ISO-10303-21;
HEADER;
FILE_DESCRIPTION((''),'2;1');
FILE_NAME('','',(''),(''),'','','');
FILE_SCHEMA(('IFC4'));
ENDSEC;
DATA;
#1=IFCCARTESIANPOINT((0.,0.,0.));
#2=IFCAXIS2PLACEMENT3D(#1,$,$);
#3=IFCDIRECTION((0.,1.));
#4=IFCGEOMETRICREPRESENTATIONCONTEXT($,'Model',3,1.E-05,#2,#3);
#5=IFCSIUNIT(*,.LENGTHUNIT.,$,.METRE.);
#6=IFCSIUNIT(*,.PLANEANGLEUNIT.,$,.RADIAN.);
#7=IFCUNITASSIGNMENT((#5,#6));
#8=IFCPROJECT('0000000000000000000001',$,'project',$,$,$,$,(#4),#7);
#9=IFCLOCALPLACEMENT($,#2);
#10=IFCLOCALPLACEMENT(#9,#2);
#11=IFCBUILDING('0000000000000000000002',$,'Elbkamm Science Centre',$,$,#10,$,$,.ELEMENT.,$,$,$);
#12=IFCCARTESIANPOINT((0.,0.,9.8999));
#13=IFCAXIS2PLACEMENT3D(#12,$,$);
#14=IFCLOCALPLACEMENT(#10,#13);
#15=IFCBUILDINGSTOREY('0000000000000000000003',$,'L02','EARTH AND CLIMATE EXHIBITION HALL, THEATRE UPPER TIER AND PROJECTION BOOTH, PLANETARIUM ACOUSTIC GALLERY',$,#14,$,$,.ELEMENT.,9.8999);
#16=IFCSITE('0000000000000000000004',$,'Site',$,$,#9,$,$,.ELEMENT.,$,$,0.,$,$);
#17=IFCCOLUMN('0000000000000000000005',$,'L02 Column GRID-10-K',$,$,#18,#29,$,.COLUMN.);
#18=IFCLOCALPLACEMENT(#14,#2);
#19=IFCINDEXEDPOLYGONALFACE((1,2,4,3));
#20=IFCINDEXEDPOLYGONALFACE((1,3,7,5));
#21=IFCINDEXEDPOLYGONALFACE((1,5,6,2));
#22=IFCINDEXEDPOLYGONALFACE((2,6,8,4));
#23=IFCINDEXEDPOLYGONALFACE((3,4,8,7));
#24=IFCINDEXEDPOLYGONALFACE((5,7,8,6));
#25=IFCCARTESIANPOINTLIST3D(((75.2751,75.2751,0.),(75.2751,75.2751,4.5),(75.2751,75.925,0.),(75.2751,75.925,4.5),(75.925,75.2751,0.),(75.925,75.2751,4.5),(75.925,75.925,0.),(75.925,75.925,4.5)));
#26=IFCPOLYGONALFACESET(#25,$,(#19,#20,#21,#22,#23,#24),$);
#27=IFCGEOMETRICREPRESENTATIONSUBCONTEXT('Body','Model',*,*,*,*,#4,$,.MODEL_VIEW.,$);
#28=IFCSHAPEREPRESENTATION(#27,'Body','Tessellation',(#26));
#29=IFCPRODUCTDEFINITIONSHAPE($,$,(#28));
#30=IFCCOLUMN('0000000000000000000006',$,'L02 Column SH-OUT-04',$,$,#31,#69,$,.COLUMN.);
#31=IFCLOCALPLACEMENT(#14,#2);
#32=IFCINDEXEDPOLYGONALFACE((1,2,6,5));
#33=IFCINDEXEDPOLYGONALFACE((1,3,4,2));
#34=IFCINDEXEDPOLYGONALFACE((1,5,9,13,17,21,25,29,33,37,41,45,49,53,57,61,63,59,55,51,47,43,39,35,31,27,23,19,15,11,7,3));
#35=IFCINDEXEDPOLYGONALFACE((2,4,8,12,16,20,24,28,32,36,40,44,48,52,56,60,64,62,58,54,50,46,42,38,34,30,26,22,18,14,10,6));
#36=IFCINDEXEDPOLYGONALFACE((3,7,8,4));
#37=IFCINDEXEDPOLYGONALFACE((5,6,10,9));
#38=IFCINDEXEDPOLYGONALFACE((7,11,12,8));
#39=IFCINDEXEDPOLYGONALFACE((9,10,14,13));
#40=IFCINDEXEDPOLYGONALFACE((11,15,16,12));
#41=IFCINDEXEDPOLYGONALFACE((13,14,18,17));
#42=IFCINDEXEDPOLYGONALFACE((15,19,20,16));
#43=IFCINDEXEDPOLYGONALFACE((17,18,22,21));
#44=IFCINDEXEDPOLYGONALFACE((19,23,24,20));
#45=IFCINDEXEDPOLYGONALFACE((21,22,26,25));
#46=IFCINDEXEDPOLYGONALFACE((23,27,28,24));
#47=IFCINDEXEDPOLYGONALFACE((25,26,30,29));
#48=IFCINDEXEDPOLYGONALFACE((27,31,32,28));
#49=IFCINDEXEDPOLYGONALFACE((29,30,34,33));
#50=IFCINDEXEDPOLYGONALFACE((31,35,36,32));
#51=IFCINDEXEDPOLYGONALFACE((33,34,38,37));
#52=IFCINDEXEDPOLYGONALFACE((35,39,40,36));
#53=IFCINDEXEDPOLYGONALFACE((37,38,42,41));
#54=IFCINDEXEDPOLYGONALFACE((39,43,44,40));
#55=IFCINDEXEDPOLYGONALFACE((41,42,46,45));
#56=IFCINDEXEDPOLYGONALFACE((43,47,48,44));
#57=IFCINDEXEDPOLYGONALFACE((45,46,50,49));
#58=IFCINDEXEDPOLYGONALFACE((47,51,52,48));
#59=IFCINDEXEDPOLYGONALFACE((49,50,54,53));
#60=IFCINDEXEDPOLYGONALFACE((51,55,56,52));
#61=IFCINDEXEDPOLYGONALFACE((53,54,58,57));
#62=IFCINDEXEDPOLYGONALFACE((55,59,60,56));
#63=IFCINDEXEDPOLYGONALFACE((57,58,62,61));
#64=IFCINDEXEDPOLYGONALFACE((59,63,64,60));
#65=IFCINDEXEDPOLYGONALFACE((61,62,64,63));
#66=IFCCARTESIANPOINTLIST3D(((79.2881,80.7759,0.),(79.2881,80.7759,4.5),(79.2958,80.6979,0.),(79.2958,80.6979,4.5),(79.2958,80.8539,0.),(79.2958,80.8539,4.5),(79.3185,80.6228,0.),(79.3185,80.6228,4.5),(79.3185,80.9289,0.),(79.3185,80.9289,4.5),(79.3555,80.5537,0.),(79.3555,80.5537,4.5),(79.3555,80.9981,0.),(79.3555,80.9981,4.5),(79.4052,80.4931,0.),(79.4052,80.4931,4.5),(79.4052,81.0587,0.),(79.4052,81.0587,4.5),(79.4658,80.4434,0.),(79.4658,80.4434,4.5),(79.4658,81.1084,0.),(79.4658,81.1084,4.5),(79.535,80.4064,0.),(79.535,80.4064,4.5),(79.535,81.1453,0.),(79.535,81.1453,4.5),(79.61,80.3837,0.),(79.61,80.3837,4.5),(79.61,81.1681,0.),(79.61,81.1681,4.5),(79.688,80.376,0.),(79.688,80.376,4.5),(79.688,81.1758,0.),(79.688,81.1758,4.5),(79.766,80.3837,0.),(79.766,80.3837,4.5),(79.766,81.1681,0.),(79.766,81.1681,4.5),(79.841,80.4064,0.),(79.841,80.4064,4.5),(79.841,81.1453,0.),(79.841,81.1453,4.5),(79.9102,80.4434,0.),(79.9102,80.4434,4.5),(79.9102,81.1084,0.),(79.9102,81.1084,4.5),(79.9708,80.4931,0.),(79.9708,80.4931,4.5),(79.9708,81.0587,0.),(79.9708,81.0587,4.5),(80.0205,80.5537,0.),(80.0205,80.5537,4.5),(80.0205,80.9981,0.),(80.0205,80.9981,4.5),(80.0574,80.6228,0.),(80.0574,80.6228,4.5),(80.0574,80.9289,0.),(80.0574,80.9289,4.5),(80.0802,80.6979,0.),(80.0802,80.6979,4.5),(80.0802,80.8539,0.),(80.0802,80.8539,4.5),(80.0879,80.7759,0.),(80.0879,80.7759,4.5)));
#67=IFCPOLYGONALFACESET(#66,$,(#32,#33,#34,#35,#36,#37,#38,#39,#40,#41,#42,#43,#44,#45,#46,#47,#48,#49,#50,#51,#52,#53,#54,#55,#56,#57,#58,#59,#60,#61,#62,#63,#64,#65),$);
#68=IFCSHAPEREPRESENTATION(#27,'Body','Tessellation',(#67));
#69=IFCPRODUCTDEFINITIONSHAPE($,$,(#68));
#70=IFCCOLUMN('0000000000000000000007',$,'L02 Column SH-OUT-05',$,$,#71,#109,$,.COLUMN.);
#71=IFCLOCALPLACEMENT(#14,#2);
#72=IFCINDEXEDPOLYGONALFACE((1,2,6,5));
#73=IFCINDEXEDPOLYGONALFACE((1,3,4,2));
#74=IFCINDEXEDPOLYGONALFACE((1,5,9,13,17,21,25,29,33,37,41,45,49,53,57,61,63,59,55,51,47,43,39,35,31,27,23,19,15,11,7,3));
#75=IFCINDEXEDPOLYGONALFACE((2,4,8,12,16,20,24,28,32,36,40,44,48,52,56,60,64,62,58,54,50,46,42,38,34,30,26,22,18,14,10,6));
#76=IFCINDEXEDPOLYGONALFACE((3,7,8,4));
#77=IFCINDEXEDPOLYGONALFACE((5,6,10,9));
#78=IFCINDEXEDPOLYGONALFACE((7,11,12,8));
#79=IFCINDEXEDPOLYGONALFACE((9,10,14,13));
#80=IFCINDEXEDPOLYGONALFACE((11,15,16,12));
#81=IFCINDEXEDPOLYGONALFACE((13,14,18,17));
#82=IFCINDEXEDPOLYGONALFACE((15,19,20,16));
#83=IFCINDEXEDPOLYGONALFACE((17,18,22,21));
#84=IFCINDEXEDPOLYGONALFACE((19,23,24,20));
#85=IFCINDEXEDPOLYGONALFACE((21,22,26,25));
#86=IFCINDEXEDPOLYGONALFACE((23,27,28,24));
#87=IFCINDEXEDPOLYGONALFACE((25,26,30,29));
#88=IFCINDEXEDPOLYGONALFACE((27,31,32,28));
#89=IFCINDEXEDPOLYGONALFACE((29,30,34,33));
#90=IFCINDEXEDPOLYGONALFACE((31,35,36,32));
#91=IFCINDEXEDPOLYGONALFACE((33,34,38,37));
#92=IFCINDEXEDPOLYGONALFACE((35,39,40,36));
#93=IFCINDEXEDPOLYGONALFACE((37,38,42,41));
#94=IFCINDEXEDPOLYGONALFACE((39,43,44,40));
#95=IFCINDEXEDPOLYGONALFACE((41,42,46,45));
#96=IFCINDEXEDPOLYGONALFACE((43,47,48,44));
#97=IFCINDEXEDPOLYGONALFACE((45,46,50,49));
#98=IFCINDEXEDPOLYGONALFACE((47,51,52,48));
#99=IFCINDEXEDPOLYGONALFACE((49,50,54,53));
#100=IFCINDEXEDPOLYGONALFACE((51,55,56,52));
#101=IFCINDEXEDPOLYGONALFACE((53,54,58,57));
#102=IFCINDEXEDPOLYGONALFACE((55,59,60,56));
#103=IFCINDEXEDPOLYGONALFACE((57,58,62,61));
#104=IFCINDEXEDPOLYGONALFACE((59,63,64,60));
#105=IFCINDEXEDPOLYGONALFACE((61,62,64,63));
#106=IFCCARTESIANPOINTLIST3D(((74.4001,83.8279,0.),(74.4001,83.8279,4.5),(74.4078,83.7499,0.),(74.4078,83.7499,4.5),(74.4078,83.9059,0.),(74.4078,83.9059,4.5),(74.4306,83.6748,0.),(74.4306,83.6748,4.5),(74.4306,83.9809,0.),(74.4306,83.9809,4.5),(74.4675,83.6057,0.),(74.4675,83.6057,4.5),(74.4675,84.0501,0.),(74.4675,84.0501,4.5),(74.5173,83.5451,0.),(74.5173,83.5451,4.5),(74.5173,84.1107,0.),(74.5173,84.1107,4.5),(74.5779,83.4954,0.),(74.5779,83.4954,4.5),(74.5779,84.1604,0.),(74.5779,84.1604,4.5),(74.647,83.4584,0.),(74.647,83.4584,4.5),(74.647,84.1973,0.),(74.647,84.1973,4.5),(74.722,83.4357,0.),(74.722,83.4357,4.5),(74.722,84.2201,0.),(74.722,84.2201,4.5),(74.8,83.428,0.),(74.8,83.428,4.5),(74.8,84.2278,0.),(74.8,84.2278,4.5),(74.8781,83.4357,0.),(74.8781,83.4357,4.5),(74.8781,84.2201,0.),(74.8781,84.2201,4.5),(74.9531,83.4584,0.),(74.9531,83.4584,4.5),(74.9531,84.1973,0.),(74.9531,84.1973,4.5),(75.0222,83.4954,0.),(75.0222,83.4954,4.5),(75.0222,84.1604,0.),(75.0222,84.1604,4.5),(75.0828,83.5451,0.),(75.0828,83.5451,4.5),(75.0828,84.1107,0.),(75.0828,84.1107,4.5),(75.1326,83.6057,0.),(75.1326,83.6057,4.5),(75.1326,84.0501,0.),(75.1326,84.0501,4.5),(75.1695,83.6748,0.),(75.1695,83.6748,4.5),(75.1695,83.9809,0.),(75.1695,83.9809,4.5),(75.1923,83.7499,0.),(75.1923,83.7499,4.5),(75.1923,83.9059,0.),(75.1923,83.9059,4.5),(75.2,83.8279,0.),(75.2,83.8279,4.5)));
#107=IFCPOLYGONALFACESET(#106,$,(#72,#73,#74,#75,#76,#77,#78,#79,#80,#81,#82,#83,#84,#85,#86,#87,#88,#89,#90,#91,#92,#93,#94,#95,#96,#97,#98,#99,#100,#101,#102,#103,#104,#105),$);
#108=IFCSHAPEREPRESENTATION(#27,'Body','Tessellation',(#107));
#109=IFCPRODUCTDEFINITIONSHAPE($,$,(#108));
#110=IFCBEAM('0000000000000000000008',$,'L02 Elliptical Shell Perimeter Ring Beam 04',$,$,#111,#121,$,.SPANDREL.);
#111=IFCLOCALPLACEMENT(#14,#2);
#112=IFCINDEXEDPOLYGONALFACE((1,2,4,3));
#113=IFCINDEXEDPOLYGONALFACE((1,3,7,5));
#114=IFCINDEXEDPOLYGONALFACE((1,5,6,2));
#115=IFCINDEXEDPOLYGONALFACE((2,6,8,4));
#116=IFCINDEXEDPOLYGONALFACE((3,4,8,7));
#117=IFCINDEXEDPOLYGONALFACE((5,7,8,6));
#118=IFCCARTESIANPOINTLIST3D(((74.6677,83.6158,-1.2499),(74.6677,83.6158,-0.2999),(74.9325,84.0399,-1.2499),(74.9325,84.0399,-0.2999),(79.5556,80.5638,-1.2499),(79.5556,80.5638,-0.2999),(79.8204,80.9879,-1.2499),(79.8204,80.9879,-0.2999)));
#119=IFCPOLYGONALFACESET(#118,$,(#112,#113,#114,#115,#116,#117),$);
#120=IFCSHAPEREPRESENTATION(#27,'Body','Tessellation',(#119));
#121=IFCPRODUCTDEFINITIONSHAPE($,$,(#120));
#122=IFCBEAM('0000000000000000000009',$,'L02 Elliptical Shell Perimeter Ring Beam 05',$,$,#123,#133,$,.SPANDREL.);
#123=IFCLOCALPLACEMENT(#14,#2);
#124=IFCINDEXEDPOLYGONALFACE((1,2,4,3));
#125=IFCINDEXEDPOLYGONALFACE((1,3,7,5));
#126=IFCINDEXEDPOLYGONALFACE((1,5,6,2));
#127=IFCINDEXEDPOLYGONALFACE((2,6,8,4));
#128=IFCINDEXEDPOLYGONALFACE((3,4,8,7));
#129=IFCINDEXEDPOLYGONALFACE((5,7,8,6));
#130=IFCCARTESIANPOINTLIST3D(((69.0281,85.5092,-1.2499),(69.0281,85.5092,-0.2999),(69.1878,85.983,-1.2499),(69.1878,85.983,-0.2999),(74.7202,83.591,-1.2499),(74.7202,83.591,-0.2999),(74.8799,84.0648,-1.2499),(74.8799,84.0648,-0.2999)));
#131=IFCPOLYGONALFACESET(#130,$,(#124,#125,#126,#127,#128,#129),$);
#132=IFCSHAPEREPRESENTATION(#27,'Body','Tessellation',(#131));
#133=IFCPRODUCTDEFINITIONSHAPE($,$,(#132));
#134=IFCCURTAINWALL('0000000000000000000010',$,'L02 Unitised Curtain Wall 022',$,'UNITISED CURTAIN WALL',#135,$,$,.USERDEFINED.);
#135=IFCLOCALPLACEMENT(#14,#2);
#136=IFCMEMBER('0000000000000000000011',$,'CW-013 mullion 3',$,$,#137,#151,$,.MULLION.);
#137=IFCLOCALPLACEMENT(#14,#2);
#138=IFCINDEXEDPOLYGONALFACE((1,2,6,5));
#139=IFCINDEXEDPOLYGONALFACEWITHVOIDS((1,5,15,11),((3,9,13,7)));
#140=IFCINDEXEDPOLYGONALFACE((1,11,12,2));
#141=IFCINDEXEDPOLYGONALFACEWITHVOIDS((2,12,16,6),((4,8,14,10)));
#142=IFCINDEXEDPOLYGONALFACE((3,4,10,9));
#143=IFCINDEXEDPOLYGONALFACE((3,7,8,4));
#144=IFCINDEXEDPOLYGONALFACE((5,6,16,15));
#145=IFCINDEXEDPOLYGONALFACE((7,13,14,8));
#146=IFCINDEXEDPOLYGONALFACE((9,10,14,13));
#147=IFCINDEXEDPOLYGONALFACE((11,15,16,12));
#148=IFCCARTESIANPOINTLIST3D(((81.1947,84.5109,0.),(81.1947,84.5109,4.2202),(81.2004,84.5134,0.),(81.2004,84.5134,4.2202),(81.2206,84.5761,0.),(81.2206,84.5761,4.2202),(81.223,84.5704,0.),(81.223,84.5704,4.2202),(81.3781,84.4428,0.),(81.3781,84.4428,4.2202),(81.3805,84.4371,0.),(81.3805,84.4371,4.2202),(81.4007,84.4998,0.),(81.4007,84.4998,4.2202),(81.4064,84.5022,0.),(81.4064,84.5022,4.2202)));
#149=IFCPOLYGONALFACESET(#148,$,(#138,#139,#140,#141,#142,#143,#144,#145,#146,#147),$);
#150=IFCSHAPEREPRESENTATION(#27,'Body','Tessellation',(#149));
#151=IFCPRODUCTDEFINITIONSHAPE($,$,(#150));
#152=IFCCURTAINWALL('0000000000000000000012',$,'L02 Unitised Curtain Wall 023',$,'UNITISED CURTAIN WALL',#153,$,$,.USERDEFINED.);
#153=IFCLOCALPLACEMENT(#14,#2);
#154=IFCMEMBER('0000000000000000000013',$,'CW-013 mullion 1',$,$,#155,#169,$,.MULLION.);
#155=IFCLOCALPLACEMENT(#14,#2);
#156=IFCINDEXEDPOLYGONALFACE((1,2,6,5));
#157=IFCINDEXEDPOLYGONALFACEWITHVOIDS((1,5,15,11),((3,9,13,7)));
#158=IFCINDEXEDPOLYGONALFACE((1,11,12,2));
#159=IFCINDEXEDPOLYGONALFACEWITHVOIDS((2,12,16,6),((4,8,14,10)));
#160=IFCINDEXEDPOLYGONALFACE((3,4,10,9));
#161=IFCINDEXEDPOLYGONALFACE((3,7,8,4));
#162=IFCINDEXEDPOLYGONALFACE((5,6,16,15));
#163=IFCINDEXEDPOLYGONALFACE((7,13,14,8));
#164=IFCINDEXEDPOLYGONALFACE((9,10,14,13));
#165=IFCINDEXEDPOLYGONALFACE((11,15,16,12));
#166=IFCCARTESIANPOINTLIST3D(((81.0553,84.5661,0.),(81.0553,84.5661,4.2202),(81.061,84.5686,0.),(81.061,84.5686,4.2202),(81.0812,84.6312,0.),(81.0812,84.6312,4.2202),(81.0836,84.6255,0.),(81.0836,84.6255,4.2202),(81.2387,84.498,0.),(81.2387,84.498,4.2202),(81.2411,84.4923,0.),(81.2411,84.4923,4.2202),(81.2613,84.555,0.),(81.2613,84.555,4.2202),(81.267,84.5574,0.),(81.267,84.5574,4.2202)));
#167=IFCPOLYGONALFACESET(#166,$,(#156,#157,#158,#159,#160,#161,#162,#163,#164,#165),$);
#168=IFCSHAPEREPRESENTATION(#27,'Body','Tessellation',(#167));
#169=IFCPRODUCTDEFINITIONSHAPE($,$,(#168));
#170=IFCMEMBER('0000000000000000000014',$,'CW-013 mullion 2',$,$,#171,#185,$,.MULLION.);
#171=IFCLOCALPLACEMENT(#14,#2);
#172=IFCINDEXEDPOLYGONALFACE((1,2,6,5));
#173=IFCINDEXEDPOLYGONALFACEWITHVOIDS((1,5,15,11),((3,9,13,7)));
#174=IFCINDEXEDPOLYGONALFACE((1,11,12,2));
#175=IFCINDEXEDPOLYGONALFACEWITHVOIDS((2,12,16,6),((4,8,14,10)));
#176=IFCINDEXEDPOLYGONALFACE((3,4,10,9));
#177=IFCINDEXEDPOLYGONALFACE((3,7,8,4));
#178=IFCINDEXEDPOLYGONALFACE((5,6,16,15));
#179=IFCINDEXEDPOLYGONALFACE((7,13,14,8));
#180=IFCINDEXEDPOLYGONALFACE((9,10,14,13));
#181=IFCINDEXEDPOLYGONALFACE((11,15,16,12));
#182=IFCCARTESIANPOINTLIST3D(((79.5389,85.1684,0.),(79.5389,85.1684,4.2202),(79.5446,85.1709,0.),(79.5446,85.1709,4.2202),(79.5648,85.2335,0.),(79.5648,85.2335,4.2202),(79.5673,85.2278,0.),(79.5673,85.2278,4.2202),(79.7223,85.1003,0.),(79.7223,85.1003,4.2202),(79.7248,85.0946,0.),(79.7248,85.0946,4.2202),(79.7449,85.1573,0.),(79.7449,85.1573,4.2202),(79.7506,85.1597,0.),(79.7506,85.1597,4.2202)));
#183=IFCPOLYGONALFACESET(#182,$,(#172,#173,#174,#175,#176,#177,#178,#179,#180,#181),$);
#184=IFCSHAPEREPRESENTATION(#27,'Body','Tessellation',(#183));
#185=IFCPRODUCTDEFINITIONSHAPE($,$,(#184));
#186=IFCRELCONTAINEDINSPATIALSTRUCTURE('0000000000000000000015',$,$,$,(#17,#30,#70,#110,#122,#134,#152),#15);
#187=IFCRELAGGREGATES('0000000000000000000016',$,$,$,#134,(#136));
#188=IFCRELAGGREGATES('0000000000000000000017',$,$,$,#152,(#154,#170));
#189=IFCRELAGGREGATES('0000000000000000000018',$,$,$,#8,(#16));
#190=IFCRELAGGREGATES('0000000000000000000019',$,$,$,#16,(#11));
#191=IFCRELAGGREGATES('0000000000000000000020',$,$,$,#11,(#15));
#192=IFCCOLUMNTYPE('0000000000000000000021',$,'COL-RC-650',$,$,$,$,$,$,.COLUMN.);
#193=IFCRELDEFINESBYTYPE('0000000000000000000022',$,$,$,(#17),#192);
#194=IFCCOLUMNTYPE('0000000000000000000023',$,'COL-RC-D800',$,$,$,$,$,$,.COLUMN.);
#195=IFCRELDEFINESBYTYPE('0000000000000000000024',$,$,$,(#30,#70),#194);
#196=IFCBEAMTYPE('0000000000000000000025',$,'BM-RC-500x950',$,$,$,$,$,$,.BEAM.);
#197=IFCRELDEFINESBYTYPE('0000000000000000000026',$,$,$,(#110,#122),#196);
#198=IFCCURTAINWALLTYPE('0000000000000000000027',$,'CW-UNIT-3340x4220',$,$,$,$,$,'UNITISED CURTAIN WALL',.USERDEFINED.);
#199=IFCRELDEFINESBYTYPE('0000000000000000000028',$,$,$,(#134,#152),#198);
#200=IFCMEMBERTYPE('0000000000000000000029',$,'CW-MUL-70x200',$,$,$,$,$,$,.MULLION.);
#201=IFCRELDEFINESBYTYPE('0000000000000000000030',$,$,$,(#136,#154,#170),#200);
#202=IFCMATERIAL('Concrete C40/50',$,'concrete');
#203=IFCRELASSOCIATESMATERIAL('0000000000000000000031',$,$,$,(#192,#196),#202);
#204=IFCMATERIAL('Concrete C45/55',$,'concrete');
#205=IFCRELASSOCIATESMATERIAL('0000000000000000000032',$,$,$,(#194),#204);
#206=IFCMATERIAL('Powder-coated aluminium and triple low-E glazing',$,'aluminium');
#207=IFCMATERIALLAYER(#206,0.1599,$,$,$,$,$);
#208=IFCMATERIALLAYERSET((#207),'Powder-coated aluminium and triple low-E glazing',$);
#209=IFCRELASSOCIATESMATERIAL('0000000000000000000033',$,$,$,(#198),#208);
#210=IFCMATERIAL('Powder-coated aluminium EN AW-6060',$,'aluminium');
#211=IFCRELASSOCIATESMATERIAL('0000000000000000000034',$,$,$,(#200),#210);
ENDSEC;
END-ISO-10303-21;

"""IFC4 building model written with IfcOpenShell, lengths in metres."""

from ifc_helpers import new_model, si_unit, direction, frame, origin, origin_2d, place, context, subcontext, project, spatial, rectangle, hollow_rectangle, circle, extrude, material, layer, layer_set, material_profile, profile_set, type_object, element, aggregate, save


model = new_model("IFC4")

# Units and contexts
model_context = context("Model", 3, precision=1e-05, world=origin(), true_north=direction((0.0, 1.0)))
body_context = subcontext(model_context, "Body", "Model", "MODEL_VIEW")
ifc_project = project(units=[si_unit("LENGTHUNIT", "METRE"), si_unit("PLANEANGLEUNIT", "RADIAN")], contexts=[model_context])

# Site, building, storey
site_placement = place(None, origin())
site = spatial("IfcSite", under=ifc_project, at=site_placement, Name="Site", CompositionType="ELEMENT", RefElevation=0.0)
building_placement = place(site_placement, origin())
building = spatial("IfcBuilding", under=site, at=building_placement, Name="Elbkamm Science Centre", CompositionType="ELEMENT")
storey_placement = place(building_placement, frame((0.0, 0.0, 9.8999)))
storey = spatial("IfcBuildingStorey", under=building, at=storey_placement, Name="L02", Description="EARTH AND CLIMATE EXHIBITION HALL, THEATRE UPPER TIER AND PROJECTION BOOTH, PLANETARIUM ACOUSTIC GALLERY", CompositionType="ELEMENT", Elevation=9.8999)

# Columns
ifc_material_1 = material(Name="Concrete C40/50", Category="concrete")
ifc_material_profile_1 = material_profile(ifc_material_1, rectangle(XDim=0.6499, YDim=0.6499, at=origin_2d()), Name="RC 650x650")
ifc_profile_set_1 = profile_set([ifc_material_profile_1], Name="Concrete C40/50")
column_type_1 = type_object("IfcColumnType", Name="COL-RC-650", PredefinedType="COLUMN", material=ifc_profile_set_1)
column_placement = place(storey_placement, frame((75.6001, 75.6001, 0.0), z_axis=(0.0, 0.0, 1.0), x_axis=(1.0, 0.0, 0.0)))
element("IfcColumn", 1, at=column_placement, inside=storey, type_object=column_type_1, Name="L02 Column GRID-10-K", PredefinedType="COLUMN", context=body_context, shape_type="SweptSolid", body=[
    extrude(rectangle(XDim=0.6499, YDim=0.6499, at=origin_2d()), origin(), (0.0, 0.0, 1.0), 4.5),
])
ifc_material_2 = material(Name="Concrete C45/55", Category="concrete")
ifc_material_profile_2 = material_profile(ifc_material_2, circle(Radius=0.3999, at=origin_2d()), Name="RC D800")
ifc_profile_set_2 = profile_set([ifc_material_profile_2], Name="Concrete C45/55")
column_type_2 = type_object("IfcColumnType", Name="COL-RC-D800", PredefinedType="COLUMN", material=ifc_profile_set_2)
for number, where, z_axis, x_axis, name in (
    (2, (79.688, 80.7759, 0.0), (0.0, 0.0, 1.0), (1.0, 0.0, 0.0), "L02 Column SH-OUT-04"),
    (3, (74.8, 83.8279, 0.0), (0.0, 0.0, 1.0), (1.0, 0.0, 0.0), "L02 Column SH-OUT-05"),
):
    element("IfcColumn", number, at=place(storey_placement, frame(where, z_axis=z_axis, x_axis=x_axis)), inside=storey, type_object=column_type_2, Name=name, PredefinedType="COLUMN", context=body_context, shape_type="SweptSolid", body=[
        extrude(circle(Radius=0.3999, at=origin_2d()), origin(), (0.0, 0.0, 1.0), 4.5),
    ])

# Beams
ifc_material_profile_3 = material_profile(ifc_material_1, rectangle(XDim=0.5, YDim=0.95, at=origin_2d()), Name="RC 500x950")
ifc_profile_set_3 = profile_set([ifc_material_profile_3], Name="Concrete C40/50")
beam_type = type_object("IfcBeamType", Name="BM-RC-500x950", PredefinedType="BEAM", material=ifc_profile_set_3)
beam_1_placement = place(storey_placement, frame((79.688, 80.7759, -0.7749), z_axis=(-0.848229, 0.529629, 0.0), x_axis=(-0.529629, -0.848229, 0.0)))
element("IfcBeam", 4, at=beam_1_placement, inside=storey, type_object=beam_type, Name="L02 Elliptical Shell Perimeter Ring Beam 04", PredefinedType="SPANDREL", context=body_context, shape_type="SweptSolid", body=[
    extrude(rectangle(XDim=0.5, YDim=0.95, at=origin_2d()), origin(), (0.0, 0.0, 1.0), 5.7625),
])
beam_2_placement = place(storey_placement, frame((74.8, 83.8279, -0.7749), z_axis=(-0.947638, 0.319348, 0.0), x_axis=(-0.319348, -0.947638, 0.0)))
element("IfcBeam", 5, at=beam_2_placement, inside=storey, type_object=beam_type, Name="L02 Elliptical Shell Perimeter Ring Beam 05", PredefinedType="SPANDREL", context=body_context, shape_type="SweptSolid", body=[
    extrude(rectangle(XDim=0.5, YDim=0.95, at=origin_2d()), origin(), (0.0, 0.0, 1.0), 6.0066),
])

# Curtain wall, member
ifc_material_3 = material(Name="Powder-coated aluminium and triple low-E glazing", Category="aluminium")
ifc_layer_1 = layer(ifc_material_3, 0.1599)
ifc_layer_set_1 = layer_set([ifc_layer_1], Name="Powder-coated aluminium and triple low-E glazing")
curtain_wall_type_1 = type_object("IfcCurtainWallType", Name="CW-UNIT-3340x4220", ElementType="UNITISED CURTAIN WALL", PredefinedType="USERDEFINED", material=ifc_layer_set_1)
curtain_wall_1_placement = place(storey_placement, origin())
curtain_wall_1 = element("IfcCurtainWall", 6, at=curtain_wall_1_placement, inside=storey, type_object=curtain_wall_type_1, Name="L02 Unitised Curtain Wall 022", ObjectType="UNITISED CURTAIN WALL", PredefinedType="USERDEFINED")
ifc_material_4 = material(Name="Powder-coated aluminium EN AW-6060", Category="aluminium")
ifc_material_profile_4 = material_profile(ifc_material_4, hollow_rectangle(XDim=0.0701, YDim=0.2, WallThickness=0.0044, at=origin_2d()), Name="ALU M70x200")
ifc_profile_set_4 = profile_set([ifc_material_profile_4], Name="Powder-coated aluminium EN AW-6060")
member_type_1 = type_object("IfcMemberType", Name="CW-MUL-70x200", PredefinedType="MULLION", material=ifc_profile_set_4)
member_1_placement = place(storey_placement, frame((81.3005, 84.5066, 0.0), z_axis=(0.0, 0.0, 1.0), x_axis=(-0.36916, -0.929366, 0.0)))
member_1 = element("IfcMember", 7, at=member_1_placement, type_object=member_type_1, Name="CW-013 mullion 3", PredefinedType="MULLION", context=body_context, shape_type="SweptSolid", body=[
    extrude(hollow_rectangle(XDim=0.0701, YDim=0.2, WallThickness=0.0044, at=origin_2d()), origin(), (0.0, 0.0, 1.0), 4.2202),
])

# Curtain wall, members
curtain_wall_2_placement = place(storey_placement, origin())
curtain_wall_2 = element("IfcCurtainWall", 8, at=curtain_wall_2_placement, inside=storey, type_object=curtain_wall_type_1, Name="L02 Unitised Curtain Wall 023", ObjectType="UNITISED CURTAIN WALL", PredefinedType="USERDEFINED")
member_2_placement = place(storey_placement, frame((81.1611, 84.5618, 0.0), z_axis=(0.0, 0.0, 1.0), x_axis=(-0.36916, -0.929366, 0.0)))
member_2 = element("IfcMember", 9, at=member_2_placement, type_object=member_type_1, Name="CW-013 mullion 1", PredefinedType="MULLION", context=body_context, shape_type="SweptSolid", body=[
    extrude(hollow_rectangle(XDim=0.0701, YDim=0.2, WallThickness=0.0044, at=origin_2d()), origin(), (0.0, 0.0, 1.0), 4.2202),
])
member_3_placement = place(storey_placement, frame((79.6448, 85.1641, 0.0), z_axis=(0.0, 0.0, 1.0), x_axis=(-0.36916, -0.929366, 0.0)))
member_3 = element("IfcMember", 10, at=member_3_placement, type_object=member_type_1, Name="CW-013 mullion 2", PredefinedType="MULLION", context=body_context, shape_type="SweptSolid", body=[
    extrude(hollow_rectangle(XDim=0.0701, YDim=0.2, WallThickness=0.0044, at=origin_2d()), origin(), (0.0, 0.0, 1.0), 4.2202),
])

aggregate(curtain_wall_1, [member_1])
aggregate(curtain_wall_2, [member_2, member_3])

save(model, "model.ifc")
